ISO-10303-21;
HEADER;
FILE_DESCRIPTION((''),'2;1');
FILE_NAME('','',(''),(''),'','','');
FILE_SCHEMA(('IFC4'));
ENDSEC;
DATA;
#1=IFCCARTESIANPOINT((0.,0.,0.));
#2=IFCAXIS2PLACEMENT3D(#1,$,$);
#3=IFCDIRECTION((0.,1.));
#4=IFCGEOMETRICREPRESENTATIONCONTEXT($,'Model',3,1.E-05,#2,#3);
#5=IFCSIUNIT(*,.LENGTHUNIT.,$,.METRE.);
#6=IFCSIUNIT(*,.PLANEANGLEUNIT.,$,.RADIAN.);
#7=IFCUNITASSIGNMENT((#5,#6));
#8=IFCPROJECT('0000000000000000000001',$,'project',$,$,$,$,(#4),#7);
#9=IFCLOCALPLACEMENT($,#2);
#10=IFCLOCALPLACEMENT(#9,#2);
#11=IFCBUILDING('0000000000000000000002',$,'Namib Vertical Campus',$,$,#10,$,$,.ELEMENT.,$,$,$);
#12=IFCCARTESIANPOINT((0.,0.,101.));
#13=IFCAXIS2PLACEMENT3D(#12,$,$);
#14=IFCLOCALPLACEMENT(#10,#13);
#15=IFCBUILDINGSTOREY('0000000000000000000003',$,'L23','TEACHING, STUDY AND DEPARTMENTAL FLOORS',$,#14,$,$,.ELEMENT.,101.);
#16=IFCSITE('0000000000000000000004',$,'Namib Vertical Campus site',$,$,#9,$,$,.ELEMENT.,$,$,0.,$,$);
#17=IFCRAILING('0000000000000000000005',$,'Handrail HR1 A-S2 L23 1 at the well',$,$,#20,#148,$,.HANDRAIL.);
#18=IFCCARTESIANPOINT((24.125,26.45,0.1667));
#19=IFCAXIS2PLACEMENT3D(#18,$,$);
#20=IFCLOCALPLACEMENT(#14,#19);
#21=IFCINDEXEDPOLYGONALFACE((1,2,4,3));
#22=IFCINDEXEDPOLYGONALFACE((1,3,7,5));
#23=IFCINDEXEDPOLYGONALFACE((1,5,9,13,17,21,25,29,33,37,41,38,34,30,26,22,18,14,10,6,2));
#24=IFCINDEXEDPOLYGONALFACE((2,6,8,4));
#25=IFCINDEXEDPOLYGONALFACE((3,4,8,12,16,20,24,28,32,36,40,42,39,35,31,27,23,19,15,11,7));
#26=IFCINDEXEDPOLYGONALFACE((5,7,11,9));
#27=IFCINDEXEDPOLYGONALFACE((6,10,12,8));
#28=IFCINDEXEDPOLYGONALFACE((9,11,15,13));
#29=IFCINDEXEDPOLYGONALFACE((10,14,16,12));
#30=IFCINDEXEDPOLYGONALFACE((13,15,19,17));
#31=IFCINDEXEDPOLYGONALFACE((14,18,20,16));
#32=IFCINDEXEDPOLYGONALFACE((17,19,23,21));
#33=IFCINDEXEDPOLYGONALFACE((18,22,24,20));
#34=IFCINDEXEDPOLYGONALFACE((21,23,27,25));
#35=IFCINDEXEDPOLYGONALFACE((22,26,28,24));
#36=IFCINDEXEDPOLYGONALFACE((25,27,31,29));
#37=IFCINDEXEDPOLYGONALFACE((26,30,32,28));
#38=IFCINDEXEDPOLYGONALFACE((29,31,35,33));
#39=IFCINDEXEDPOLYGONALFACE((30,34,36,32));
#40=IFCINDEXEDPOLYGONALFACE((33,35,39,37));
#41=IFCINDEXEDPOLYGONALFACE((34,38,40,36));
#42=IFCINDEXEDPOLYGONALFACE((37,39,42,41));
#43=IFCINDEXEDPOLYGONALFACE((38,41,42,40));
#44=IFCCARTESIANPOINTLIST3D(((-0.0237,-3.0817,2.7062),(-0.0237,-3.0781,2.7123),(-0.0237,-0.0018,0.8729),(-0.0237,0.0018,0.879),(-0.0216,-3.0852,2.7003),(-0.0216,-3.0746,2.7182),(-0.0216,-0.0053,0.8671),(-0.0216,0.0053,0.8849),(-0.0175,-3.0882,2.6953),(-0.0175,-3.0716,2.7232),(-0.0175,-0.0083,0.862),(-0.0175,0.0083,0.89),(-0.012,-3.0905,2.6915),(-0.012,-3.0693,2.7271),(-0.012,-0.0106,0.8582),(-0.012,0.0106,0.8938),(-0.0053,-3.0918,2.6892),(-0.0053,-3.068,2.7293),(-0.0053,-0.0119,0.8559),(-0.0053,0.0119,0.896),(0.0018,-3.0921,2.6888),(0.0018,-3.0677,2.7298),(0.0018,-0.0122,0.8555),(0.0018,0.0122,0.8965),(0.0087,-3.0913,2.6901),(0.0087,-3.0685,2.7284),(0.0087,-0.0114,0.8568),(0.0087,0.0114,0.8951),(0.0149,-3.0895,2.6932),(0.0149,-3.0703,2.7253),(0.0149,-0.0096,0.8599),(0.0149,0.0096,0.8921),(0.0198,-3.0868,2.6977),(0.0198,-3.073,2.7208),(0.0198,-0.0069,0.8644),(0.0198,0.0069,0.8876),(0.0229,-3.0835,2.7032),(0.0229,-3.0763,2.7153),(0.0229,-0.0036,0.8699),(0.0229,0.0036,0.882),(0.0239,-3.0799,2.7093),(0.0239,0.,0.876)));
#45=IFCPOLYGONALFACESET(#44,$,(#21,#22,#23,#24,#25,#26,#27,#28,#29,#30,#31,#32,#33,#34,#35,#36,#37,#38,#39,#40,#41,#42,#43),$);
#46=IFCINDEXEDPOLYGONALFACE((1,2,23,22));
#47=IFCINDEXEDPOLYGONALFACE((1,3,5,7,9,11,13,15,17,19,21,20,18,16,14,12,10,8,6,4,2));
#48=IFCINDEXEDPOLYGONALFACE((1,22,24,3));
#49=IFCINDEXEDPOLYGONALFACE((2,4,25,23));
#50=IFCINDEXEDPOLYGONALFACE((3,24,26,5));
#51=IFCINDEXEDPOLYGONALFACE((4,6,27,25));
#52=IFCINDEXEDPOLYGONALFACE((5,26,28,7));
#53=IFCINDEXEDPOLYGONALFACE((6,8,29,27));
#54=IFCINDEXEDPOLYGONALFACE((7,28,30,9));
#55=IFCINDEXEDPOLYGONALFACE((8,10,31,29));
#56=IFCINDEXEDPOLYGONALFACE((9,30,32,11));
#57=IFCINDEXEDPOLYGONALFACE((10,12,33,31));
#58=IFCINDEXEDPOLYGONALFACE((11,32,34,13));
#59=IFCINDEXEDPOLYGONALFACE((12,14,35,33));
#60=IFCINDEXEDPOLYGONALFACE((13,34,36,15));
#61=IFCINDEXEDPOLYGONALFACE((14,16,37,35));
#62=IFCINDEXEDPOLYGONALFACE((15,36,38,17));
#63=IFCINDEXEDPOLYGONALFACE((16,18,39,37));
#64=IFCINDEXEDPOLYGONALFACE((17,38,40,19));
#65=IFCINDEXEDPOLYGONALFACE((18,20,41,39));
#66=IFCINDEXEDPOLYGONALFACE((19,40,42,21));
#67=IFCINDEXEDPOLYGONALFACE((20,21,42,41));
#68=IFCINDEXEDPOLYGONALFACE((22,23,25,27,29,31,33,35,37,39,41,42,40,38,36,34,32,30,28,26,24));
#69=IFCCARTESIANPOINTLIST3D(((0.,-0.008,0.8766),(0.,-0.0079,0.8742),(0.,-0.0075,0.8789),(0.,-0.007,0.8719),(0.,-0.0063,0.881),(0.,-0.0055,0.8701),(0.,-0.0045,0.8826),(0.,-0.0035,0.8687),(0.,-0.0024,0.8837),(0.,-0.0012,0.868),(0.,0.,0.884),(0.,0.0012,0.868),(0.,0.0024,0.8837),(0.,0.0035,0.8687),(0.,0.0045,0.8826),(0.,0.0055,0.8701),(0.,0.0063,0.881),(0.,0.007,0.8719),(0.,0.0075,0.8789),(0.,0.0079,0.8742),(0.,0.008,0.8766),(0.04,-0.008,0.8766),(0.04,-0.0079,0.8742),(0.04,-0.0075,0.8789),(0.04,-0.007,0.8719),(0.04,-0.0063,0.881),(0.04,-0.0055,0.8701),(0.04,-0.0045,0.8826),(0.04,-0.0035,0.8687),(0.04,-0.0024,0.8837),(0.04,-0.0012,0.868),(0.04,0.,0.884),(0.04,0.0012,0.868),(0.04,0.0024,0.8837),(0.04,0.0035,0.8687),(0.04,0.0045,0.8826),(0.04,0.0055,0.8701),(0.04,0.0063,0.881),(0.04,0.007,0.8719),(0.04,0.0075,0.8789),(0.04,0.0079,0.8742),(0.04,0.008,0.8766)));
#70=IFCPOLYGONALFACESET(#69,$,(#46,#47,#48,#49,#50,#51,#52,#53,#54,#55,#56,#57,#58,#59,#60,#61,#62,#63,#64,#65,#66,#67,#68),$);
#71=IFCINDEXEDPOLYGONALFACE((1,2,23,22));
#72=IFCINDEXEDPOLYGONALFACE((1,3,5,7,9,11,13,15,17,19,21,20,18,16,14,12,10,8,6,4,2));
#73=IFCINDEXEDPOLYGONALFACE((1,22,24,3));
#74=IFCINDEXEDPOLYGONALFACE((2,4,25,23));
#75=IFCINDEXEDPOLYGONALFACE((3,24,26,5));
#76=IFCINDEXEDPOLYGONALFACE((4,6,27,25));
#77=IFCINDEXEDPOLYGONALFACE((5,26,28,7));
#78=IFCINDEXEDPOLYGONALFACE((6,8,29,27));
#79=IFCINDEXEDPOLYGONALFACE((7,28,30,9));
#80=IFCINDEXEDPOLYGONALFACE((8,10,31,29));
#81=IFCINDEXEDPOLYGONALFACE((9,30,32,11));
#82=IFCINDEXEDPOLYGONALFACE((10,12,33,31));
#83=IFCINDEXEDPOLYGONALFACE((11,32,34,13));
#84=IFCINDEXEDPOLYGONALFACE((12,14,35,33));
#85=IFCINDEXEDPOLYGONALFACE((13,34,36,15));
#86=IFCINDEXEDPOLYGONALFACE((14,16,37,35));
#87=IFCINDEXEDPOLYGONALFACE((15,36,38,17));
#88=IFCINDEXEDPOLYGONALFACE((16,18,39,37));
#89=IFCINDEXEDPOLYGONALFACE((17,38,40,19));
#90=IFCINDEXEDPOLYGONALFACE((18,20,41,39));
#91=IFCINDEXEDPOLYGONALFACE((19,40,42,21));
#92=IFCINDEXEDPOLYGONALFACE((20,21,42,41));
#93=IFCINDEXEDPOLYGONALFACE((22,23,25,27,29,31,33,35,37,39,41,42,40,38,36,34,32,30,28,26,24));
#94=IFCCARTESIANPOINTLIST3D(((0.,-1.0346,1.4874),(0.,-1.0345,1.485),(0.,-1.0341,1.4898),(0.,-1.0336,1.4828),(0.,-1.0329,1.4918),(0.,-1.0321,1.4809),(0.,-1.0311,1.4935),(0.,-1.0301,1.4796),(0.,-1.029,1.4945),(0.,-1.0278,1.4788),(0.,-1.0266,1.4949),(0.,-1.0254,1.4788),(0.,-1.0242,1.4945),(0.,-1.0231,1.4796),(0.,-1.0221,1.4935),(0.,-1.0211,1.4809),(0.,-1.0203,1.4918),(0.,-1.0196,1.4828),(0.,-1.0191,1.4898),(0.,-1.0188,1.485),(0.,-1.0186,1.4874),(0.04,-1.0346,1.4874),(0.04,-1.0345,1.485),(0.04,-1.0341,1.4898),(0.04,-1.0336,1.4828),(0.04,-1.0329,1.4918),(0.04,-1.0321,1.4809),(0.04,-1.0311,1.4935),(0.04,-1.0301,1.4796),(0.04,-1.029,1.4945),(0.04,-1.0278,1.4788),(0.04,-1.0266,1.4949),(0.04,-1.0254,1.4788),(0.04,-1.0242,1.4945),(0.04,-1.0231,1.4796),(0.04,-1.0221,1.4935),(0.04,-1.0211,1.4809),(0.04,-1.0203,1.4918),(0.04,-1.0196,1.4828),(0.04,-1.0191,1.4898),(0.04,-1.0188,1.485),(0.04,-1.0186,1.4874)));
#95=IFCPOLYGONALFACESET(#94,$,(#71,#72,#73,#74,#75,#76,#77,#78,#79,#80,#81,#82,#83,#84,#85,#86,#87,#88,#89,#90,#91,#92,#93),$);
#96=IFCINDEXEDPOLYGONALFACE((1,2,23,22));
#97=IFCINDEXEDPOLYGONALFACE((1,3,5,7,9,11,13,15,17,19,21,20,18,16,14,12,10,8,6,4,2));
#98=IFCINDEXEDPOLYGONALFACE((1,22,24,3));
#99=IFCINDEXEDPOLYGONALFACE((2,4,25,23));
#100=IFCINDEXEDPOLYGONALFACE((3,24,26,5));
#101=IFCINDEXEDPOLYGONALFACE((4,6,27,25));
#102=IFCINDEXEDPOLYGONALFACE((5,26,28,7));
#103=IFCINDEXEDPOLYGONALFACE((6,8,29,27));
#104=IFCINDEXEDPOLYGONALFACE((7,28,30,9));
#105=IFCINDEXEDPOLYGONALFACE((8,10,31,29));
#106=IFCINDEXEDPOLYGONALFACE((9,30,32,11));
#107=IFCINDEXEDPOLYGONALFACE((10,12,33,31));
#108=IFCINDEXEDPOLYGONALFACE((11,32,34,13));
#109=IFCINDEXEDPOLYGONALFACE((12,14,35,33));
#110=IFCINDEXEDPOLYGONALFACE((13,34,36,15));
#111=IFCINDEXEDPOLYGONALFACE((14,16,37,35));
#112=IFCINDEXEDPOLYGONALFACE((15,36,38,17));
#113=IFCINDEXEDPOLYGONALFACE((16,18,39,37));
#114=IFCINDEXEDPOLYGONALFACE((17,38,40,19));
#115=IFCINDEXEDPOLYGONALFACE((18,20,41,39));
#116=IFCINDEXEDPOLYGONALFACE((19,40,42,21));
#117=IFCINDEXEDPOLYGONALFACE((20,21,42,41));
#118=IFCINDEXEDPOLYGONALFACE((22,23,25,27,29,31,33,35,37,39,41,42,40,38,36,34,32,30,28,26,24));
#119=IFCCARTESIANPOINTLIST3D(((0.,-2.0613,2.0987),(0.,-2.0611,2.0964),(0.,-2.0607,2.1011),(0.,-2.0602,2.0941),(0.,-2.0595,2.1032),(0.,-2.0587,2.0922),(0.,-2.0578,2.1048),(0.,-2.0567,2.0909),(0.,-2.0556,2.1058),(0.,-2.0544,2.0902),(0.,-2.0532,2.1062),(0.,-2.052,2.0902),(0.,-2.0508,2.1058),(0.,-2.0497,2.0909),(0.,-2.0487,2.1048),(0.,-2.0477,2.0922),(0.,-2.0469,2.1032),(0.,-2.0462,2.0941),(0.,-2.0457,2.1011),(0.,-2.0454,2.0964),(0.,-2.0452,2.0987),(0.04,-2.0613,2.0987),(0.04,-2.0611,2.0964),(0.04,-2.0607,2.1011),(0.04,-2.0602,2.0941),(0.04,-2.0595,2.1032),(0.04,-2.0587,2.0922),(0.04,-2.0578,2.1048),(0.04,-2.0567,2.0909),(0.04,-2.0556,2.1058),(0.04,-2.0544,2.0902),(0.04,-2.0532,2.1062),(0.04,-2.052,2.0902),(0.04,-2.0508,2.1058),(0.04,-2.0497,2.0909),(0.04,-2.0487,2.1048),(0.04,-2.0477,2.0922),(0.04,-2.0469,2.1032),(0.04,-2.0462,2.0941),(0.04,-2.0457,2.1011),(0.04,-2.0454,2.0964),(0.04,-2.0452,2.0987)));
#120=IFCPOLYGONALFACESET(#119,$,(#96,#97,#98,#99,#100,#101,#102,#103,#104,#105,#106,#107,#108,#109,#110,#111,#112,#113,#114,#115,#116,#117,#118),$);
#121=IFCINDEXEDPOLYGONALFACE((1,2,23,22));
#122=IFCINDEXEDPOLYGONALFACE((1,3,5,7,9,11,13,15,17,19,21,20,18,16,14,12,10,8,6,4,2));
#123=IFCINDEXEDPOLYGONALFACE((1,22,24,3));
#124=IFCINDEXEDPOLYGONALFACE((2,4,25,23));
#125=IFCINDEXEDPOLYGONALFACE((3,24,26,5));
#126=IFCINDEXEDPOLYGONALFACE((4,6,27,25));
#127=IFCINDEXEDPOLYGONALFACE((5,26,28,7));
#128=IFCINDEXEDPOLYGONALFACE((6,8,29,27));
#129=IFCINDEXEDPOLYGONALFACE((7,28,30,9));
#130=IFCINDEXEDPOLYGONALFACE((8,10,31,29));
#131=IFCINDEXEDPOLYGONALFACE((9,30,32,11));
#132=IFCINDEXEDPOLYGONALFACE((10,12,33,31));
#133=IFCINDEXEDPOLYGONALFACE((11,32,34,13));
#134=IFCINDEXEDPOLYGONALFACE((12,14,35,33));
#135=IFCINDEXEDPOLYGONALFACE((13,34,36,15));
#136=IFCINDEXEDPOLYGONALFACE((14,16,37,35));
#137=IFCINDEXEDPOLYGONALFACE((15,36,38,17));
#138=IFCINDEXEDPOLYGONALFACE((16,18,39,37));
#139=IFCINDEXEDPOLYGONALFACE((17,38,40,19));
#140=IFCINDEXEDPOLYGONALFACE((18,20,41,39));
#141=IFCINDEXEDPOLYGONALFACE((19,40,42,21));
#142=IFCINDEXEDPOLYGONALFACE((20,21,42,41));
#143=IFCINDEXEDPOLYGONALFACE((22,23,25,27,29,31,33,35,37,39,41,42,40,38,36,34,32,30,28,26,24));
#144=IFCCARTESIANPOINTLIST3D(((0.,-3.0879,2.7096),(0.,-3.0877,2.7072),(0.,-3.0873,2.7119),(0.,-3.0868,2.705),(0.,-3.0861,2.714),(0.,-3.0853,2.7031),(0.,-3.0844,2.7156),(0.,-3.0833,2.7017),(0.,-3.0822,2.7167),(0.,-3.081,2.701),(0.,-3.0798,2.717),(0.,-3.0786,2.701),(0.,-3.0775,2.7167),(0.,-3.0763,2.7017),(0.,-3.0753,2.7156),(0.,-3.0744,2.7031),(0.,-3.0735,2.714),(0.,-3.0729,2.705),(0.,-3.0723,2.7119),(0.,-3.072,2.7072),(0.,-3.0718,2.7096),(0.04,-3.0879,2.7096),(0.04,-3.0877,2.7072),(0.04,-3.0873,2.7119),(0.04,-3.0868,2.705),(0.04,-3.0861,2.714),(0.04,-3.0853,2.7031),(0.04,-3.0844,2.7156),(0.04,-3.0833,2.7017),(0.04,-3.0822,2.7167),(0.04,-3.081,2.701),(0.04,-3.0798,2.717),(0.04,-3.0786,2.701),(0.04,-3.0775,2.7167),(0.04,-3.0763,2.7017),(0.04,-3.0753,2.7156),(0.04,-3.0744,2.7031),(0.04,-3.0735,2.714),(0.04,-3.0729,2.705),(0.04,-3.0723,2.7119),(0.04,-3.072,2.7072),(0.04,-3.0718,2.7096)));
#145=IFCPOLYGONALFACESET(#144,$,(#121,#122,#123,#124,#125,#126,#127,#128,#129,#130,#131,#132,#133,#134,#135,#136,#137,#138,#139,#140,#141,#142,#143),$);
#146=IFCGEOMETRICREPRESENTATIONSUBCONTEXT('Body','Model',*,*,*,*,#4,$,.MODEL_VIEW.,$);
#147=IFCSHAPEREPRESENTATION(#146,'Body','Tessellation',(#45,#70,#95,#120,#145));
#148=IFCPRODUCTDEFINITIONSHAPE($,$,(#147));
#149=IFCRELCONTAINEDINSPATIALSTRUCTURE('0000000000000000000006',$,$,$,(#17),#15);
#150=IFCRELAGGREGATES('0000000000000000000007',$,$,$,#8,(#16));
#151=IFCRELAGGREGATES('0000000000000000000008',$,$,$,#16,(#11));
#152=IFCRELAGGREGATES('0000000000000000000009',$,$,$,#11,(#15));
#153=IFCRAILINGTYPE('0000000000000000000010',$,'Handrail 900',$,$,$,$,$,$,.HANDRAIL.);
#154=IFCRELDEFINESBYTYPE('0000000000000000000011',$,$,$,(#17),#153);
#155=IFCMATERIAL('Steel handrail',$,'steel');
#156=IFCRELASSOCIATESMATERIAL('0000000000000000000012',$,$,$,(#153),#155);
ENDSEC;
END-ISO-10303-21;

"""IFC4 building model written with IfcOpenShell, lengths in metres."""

from ifc_helpers import new_model, si_unit, direction, frame, origin, origin_2d, place, context, subcontext, project, spatial, circle, extrude, material, type_object, element, save


model = new_model("IFC4")

# Units and contexts
model_context = context("Model", 3, precision=1e-05, world=origin(), true_north=direction((0.0, 1.0)))
body_context = subcontext(model_context, "Body", "Model", "MODEL_VIEW")
ifc_project = project(units=[si_unit("LENGTHUNIT", "METRE"), si_unit("PLANEANGLEUNIT", "RADIAN")], contexts=[model_context])

# Site, building, storey
site_placement = place(None, origin())
site = spatial("IfcSite", under=ifc_project, at=site_placement, Name="Namib Vertical Campus site", CompositionType="ELEMENT", RefElevation=0.0)
building_placement = place(site_placement, origin())
building = spatial("IfcBuilding", under=site, at=building_placement, Name="Namib Vertical Campus", CompositionType="ELEMENT")
storey_placement = place(building_placement, frame((0.0, 0.0, 101.0)))
storey = spatial("IfcBuildingStorey", under=building, at=storey_placement, Name="L23", Description="TEACHING, STUDY AND DEPARTMENTAL FLOORS", CompositionType="ELEMENT", Elevation=101.0)

# Railing
ifc_material_1 = material(Name="Steel handrail", Category="steel")
railing_type_1 = type_object("IfcRailingType", Name="Handrail 900", PredefinedType="HANDRAIL", material=ifc_material_1)
railing_1_placement = place(storey_placement, frame((24.125, 26.45, 0.1667)))
element("IfcRailing", 1, at=railing_1_placement, inside=storey, type_object=railing_type_1, Name="Handrail HR1 A-S2 L23 1 at the well", PredefinedType="HANDRAIL", context=body_context, shape_type="SweptSolid", body=[
    extrude(circle(Radius=0.0239, at=origin_2d()), frame((0.0, 0.0, 0.876), z_axis=(0.0, -0.859291, 0.511487), x_axis=(1.0, 0.0, 0.0)), (0.0, 0.0, 1.0), 3.5842),
    extrude(circle(Radius=0.0081, at=origin_2d()), frame((0.0, 0.0, 0.876), z_axis=(1.0, 0.0, 0.0), x_axis=(0.0, 0.0, 1.0)), (0.0, 0.0, 1.0), 0.04),
    extrude(circle(Radius=0.0081, at=origin_2d()), frame((0.0, -1.0266, 1.4868), z_axis=(1.0, 0.0, 0.0), x_axis=(0.0, 0.0, 1.0)), (0.0, 0.0, 1.0), 0.04),
    extrude(circle(Radius=0.0081, at=origin_2d()), frame((0.0, -2.0532, 2.0981), z_axis=(1.0, 0.0, 0.0), x_axis=(0.0, 0.0, 1.0)), (0.0, 0.0, 1.0), 0.04),
    extrude(circle(Radius=0.0081, at=origin_2d()), frame((0.0, -3.0798, 2.709), z_axis=(1.0, 0.0, 0.0), x_axis=(0.0, 0.0, 1.0)), (0.0, 0.0, 1.0), 0.04),
])

save(model, "model.ifc")
